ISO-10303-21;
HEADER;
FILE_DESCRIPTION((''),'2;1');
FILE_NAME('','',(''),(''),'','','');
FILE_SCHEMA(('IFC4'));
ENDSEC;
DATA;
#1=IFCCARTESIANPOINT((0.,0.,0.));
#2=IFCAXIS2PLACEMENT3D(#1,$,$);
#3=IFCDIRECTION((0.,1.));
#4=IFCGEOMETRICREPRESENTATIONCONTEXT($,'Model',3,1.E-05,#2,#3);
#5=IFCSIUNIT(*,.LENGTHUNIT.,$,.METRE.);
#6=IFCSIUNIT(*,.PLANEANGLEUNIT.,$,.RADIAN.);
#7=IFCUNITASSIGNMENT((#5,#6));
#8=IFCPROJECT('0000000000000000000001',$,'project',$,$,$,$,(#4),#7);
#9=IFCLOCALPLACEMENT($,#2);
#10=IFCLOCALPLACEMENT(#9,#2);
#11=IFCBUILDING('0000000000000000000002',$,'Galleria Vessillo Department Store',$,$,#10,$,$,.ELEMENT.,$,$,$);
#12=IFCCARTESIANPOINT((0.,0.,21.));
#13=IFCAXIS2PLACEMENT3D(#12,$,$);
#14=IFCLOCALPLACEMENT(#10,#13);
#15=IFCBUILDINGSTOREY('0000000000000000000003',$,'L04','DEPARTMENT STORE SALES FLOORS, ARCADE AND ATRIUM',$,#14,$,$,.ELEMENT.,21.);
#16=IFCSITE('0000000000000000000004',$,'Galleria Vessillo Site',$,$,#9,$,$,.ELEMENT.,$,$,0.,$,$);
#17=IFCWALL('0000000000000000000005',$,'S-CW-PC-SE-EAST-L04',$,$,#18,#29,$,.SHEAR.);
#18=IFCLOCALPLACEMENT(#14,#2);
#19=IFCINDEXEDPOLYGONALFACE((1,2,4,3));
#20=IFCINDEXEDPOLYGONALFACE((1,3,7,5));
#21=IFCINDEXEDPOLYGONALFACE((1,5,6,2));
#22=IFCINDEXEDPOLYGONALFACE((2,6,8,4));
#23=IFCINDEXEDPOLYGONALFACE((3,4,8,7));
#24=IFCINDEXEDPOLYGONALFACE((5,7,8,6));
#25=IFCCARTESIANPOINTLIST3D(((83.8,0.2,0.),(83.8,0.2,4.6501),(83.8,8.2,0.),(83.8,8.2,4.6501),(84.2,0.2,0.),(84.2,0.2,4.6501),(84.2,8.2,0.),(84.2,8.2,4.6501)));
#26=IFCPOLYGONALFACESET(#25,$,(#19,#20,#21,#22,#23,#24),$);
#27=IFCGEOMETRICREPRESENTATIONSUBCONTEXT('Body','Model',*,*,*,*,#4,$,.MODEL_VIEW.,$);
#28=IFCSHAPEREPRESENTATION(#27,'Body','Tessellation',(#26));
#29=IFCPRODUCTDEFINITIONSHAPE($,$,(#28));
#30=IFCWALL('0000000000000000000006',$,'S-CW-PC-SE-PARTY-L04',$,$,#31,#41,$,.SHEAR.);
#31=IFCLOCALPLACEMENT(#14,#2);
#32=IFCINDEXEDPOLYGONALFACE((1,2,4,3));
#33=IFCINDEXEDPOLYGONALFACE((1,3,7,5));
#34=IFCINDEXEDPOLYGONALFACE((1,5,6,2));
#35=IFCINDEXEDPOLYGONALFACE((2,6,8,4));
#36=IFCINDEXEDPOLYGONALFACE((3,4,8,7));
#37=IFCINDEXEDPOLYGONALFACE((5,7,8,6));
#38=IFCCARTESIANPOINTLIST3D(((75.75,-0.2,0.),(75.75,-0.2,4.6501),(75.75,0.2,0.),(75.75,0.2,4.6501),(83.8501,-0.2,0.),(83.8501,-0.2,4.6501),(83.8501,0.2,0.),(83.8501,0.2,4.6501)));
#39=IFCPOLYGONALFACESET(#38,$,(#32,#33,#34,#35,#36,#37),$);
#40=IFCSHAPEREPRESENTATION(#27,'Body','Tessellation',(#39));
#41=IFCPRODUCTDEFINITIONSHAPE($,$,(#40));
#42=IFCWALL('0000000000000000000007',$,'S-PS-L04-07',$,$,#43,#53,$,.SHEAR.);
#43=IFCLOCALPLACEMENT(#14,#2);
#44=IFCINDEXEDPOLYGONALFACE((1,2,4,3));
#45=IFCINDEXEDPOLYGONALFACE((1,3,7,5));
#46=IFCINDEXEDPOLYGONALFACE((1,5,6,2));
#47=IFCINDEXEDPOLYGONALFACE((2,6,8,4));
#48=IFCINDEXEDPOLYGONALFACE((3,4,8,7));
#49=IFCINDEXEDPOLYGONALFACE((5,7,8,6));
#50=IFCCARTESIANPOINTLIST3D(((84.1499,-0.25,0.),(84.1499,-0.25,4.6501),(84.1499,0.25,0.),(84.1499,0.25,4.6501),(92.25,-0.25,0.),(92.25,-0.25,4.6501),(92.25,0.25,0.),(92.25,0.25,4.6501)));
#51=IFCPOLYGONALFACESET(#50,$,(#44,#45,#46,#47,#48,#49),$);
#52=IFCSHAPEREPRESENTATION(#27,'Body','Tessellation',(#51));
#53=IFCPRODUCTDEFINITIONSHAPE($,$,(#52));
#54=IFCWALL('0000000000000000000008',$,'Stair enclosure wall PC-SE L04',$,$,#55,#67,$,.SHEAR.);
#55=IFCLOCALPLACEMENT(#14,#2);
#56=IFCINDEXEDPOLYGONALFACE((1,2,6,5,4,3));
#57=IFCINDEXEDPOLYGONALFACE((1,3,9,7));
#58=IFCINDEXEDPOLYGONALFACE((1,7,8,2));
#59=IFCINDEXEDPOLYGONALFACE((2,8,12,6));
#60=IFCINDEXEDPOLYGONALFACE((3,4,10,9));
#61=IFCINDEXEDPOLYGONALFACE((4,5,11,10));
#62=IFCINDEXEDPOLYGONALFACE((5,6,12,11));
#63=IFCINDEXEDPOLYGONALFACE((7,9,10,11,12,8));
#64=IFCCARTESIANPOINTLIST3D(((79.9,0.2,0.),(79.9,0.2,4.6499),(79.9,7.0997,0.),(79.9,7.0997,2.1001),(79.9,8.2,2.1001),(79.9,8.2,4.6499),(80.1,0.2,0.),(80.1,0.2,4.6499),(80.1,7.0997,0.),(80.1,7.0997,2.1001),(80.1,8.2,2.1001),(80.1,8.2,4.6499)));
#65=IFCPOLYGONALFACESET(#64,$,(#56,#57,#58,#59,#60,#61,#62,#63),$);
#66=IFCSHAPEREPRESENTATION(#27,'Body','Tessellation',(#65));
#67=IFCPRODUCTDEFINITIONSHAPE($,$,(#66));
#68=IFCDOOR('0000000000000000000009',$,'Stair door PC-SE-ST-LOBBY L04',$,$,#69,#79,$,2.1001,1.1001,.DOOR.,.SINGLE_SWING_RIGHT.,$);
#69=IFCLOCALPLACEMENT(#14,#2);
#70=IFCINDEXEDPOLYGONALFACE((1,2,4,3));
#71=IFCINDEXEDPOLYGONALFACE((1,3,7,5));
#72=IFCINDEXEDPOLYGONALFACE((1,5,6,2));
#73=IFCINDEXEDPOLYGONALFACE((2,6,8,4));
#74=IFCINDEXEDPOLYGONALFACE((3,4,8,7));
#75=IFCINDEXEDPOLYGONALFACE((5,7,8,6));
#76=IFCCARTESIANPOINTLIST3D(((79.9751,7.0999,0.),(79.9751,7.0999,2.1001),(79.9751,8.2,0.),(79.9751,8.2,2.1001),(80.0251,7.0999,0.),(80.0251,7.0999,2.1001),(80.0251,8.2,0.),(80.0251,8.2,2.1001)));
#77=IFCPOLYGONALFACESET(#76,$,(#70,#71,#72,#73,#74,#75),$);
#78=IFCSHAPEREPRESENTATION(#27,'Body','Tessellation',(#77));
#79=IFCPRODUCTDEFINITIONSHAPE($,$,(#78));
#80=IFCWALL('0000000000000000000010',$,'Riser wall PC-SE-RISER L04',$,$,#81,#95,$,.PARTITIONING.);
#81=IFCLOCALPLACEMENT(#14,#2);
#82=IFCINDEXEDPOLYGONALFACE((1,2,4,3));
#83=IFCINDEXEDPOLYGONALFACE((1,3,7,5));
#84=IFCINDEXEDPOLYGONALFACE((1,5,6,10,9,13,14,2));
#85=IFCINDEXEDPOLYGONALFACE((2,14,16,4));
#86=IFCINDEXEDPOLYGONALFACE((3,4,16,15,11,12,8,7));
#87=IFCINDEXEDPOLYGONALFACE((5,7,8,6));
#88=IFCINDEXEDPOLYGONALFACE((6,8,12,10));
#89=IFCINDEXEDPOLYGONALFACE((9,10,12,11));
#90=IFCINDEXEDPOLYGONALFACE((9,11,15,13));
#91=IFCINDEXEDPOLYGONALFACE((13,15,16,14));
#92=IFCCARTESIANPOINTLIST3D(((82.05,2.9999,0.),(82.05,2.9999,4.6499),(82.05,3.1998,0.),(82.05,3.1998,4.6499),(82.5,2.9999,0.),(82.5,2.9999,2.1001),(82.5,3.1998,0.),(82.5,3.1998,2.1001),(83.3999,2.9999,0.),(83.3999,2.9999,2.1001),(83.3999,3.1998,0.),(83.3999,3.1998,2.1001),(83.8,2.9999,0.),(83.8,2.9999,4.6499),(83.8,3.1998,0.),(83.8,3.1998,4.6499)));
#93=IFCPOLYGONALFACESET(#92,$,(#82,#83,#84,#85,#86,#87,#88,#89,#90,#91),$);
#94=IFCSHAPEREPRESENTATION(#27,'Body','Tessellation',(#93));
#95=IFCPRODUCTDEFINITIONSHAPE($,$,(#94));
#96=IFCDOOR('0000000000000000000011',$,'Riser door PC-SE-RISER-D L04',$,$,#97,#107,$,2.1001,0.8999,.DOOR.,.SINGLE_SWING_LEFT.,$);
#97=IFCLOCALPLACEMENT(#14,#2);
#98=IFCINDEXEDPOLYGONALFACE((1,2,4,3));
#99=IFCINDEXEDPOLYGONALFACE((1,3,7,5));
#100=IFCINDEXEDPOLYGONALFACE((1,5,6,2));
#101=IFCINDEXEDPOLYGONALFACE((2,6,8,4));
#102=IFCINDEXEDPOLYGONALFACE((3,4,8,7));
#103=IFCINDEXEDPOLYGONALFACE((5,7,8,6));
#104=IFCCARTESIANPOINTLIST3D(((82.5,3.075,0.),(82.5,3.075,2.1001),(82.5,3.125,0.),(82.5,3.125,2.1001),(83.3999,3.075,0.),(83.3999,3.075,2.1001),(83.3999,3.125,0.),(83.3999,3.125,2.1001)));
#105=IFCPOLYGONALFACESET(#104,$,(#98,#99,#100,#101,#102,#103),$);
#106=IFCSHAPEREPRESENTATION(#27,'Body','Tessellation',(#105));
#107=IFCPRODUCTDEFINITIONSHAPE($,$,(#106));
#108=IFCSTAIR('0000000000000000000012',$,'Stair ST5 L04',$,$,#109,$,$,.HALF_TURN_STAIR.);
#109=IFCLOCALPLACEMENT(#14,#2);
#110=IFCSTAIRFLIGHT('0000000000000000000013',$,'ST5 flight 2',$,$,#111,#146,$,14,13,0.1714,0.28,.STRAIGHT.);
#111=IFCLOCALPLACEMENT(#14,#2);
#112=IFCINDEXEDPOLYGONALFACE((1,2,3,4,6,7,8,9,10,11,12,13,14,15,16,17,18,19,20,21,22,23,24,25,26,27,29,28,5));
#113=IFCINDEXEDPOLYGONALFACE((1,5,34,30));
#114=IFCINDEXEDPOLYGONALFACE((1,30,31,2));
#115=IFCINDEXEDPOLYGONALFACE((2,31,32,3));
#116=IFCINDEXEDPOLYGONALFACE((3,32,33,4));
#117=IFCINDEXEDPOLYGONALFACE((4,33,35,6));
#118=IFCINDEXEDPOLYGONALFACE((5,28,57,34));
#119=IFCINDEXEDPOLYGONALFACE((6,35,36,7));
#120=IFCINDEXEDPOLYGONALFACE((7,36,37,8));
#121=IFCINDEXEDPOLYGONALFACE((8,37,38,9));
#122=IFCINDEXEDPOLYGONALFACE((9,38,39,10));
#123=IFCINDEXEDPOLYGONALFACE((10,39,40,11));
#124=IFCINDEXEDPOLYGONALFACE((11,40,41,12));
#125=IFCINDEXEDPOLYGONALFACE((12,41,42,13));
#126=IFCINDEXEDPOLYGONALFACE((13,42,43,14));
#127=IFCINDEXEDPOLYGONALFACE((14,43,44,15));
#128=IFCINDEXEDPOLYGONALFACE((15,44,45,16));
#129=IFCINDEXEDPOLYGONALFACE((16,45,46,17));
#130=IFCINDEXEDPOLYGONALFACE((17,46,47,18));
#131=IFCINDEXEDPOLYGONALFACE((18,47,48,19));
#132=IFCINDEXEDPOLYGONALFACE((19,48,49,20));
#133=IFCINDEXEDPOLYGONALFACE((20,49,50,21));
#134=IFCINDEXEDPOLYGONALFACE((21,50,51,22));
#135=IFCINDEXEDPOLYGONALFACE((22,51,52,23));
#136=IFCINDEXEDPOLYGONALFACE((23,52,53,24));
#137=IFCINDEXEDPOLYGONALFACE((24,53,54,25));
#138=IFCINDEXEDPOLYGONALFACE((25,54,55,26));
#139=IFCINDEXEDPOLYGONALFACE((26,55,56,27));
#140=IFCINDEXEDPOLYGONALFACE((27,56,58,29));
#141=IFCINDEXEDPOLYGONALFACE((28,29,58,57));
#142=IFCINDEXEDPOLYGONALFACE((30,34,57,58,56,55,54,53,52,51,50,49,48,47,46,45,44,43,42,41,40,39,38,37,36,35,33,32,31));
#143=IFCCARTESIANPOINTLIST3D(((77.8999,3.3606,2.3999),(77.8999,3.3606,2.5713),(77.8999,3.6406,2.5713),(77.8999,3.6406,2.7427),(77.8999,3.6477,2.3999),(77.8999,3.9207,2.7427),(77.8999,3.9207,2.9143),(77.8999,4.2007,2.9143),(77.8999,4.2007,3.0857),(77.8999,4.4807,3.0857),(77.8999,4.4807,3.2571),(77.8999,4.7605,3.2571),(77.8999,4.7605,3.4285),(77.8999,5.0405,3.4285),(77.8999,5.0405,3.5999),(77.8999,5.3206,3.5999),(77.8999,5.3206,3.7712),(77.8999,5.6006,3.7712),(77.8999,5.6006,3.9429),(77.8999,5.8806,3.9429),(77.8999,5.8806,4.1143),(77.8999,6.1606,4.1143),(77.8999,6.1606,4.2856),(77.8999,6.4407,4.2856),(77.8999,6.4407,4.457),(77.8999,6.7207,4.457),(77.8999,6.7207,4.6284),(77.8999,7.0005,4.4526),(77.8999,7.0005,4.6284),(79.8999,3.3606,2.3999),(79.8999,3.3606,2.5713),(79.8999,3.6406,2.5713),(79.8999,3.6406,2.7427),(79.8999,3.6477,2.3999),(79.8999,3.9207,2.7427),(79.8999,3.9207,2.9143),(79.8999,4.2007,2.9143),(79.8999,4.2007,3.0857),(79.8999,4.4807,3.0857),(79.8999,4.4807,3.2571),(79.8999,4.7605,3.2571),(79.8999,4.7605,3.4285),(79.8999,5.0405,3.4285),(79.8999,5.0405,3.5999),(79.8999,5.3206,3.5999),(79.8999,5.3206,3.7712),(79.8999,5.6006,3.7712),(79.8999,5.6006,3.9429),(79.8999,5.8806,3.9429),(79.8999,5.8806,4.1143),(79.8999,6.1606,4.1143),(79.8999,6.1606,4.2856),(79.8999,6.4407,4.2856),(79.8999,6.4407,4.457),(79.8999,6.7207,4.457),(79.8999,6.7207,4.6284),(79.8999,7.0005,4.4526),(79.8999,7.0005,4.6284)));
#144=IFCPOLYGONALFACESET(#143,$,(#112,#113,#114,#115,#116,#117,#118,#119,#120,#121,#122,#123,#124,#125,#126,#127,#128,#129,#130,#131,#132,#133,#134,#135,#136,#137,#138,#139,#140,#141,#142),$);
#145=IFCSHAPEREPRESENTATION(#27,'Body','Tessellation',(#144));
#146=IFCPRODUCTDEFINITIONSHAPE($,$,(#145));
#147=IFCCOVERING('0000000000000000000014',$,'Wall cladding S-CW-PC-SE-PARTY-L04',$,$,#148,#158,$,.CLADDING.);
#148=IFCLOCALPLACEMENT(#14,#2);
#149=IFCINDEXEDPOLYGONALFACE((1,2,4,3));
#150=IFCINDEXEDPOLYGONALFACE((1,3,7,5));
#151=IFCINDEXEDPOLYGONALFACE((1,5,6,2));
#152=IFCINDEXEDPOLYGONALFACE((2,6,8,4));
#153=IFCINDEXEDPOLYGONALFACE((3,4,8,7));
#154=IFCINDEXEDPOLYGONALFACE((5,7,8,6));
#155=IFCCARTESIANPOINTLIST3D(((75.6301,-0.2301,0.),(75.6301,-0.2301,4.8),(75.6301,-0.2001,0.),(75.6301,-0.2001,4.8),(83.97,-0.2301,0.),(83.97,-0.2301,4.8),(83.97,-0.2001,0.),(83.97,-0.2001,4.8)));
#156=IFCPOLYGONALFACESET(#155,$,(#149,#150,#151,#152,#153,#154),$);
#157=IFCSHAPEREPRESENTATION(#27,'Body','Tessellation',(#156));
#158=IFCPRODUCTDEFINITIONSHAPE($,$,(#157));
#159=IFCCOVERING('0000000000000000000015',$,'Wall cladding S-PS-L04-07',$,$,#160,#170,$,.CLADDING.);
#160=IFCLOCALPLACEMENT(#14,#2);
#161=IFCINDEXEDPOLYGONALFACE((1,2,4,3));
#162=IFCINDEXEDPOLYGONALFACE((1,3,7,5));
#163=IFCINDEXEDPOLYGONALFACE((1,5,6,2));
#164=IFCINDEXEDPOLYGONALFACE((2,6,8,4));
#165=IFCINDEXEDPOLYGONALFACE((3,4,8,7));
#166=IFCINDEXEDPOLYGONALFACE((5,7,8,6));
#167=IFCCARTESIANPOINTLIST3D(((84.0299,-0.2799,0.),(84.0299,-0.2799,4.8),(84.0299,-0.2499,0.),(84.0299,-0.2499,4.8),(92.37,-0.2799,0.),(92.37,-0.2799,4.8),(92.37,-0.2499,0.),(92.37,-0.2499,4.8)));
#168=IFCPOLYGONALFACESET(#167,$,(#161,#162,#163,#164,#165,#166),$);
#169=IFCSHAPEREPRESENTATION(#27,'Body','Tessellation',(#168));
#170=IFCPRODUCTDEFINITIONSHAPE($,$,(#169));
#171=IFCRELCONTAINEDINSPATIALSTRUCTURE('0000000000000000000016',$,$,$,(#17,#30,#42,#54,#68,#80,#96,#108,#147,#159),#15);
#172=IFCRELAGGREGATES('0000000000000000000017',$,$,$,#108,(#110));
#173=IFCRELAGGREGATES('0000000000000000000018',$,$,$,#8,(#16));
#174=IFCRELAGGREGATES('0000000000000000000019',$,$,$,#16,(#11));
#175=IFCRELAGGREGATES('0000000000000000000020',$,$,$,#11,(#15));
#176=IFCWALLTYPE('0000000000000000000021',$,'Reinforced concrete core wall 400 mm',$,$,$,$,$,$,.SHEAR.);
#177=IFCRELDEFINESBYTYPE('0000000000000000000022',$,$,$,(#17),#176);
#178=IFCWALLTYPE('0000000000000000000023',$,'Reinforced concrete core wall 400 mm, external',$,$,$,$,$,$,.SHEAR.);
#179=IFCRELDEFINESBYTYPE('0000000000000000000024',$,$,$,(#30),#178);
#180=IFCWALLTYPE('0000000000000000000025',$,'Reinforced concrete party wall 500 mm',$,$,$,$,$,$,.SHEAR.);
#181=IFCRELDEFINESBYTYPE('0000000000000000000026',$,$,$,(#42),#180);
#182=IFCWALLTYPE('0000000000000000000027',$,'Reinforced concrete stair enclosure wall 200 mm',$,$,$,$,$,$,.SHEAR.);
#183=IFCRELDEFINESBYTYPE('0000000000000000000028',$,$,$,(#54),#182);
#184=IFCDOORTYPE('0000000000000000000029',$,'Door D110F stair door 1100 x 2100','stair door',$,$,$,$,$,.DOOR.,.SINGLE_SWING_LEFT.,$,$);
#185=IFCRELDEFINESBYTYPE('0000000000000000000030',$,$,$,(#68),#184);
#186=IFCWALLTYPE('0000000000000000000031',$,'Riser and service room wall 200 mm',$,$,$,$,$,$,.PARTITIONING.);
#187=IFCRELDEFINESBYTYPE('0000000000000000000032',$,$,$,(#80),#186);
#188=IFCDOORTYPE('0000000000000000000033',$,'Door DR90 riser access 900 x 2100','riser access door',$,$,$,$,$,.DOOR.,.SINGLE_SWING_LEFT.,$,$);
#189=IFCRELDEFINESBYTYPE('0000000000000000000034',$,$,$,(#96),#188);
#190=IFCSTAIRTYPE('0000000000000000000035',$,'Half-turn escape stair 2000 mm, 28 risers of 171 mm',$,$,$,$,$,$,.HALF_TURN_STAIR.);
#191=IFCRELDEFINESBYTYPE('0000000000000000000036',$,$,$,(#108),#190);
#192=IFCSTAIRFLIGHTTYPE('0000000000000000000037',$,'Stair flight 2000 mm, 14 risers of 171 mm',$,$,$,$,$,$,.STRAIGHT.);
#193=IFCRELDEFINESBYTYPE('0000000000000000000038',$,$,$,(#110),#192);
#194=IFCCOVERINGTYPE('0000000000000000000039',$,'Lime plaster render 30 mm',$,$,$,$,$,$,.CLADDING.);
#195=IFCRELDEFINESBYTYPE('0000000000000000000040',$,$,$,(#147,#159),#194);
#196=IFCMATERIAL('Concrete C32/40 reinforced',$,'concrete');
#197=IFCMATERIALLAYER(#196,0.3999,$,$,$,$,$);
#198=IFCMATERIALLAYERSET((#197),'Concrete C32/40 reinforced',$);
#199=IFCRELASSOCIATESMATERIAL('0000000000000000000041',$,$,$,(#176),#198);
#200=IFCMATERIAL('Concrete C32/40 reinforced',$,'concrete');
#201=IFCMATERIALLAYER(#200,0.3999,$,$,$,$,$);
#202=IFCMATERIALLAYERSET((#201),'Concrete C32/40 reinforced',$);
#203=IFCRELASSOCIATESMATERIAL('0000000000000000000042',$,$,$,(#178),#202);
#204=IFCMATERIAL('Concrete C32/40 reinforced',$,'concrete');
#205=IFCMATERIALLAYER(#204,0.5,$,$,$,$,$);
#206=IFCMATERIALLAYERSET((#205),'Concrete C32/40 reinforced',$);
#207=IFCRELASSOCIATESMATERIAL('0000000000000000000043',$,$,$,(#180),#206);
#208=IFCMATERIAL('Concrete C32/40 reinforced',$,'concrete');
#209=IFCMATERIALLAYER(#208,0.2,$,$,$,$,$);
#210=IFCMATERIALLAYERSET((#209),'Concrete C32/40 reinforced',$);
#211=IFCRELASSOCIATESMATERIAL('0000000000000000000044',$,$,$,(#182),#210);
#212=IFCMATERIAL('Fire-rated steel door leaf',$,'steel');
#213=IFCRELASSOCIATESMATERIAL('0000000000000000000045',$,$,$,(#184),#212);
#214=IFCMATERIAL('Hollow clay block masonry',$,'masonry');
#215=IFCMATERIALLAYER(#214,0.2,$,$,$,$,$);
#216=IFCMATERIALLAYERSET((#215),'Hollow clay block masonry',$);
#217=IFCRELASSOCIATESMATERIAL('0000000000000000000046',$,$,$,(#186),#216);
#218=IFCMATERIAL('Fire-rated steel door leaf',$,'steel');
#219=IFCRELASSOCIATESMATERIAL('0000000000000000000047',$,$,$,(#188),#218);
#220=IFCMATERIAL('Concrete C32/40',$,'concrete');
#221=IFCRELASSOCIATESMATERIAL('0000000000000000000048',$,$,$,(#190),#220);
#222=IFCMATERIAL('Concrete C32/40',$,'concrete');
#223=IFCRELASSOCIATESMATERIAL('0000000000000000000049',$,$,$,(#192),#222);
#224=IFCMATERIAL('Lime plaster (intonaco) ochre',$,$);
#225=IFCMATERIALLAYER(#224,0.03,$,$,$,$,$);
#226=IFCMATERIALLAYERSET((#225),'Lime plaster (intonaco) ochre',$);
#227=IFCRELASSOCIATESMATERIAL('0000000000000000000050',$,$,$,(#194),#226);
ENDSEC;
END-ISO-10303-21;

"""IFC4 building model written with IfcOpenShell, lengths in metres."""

from ifc_helpers import new_model, si_unit, direction, frame, frame_2d, origin, origin_2d, place, context, subcontext, project, spatial, polyline, rectangle, outline, extrude, material, layer, layer_set, type_object, element, fill, aggregate, save


model = new_model("IFC4")

# Units and contexts
model_context = context("Model", 3, precision=1e-05, world=origin(), true_north=direction((0.0, 1.0)))
body_context = subcontext(model_context, "Body", "Model", "MODEL_VIEW")
ifc_project = project(units=[si_unit("LENGTHUNIT", "METRE"), si_unit("PLANEANGLEUNIT", "RADIAN")], contexts=[model_context])

# Site, building, storey
site_placement = place(None, origin())
site = spatial("IfcSite", under=ifc_project, at=site_placement, Name="Galleria Vessillo Site", CompositionType="ELEMENT", RefElevation=0.0)
building_placement = place(site_placement, origin())
building = spatial("IfcBuilding", under=site, at=building_placement, Name="Galleria Vessillo Department Store", CompositionType="ELEMENT")
storey_placement = place(building_placement, frame((0.0, 0.0, 21.0)))
storey = spatial("IfcBuildingStorey", under=building, at=storey_placement, Name="L04", Description="DEPARTMENT STORE SALES FLOORS, ARCADE AND ATRIUM", CompositionType="ELEMENT", Elevation=21.0)

# Walls
ifc_material_1 = material(Name="Concrete C32/40 reinforced", Category="concrete")
ifc_layer_1 = layer(ifc_material_1, 0.3999)
ifc_layer_set_1 = layer_set([ifc_layer_1], Name="Concrete C32/40 reinforced")
wall_type_1 = type_object("IfcWallType", Name="Reinforced concrete core wall 400 mm", PredefinedType="SHEAR", material=ifc_layer_set_1)
wall_1_placement = place(storey_placement, frame((84.0, 0.2, 0.0), z_axis=(0.0, 0.0, 1.0), x_axis=(0.0, 1.0, 0.0)))
element("IfcWall", 1, at=wall_1_placement, inside=storey, type_object=wall_type_1, Name="S-CW-PC-SE-EAST-L04", PredefinedType="SHEAR", context=body_context, shape_type="SweptSolid", body=[
    extrude(rectangle(XDim=8.0, YDim=0.3999, at=frame_2d((4.0, 0.0))), origin(), (0.0, 0.0, 1.0), 4.6501),
])
ifc_material_2 = material(Name="Concrete C32/40 reinforced", Category="concrete")
ifc_layer_2 = layer(ifc_material_2, 0.3999)
ifc_layer_set_2 = layer_set([ifc_layer_2], Name="Concrete C32/40 reinforced")
wall_type_2 = type_object("IfcWallType", Name="Reinforced concrete core wall 400 mm, external", PredefinedType="SHEAR", material=ifc_layer_set_2)
wall_2_placement = place(storey_placement, frame((75.75, 0.0, 0.0), z_axis=(0.0, 0.0, 1.0), x_axis=(1.0, 0.0, 0.0)))
element("IfcWall", 2, at=wall_2_placement, inside=storey, type_object=wall_type_2, Name="S-CW-PC-SE-PARTY-L04", PredefinedType="SHEAR", context=body_context, shape_type="SweptSolid", body=[
    extrude(rectangle(XDim=8.1001, YDim=0.3999, at=frame_2d((4.05, 0.0))), origin(), (0.0, 0.0, 1.0), 4.6501),
])
ifc_material_3 = material(Name="Concrete C32/40 reinforced", Category="concrete")
ifc_layer_3 = layer(ifc_material_3, 0.5)
ifc_layer_set_3 = layer_set([ifc_layer_3], Name="Concrete C32/40 reinforced")
wall_type_3 = type_object("IfcWallType", Name="Reinforced concrete party wall 500 mm", PredefinedType="SHEAR", material=ifc_layer_set_3)
wall_3_placement = place(storey_placement, frame((84.1499, 0.0, 0.0), z_axis=(0.0, 0.0, 1.0), x_axis=(1.0, 0.0, 0.0)))
element("IfcWall", 3, at=wall_3_placement, inside=storey, type_object=wall_type_3, Name="S-PS-L04-07", PredefinedType="SHEAR", context=body_context, shape_type="SweptSolid", body=[
    extrude(rectangle(XDim=8.1001, YDim=0.5, at=frame_2d((4.05, 0.0))), origin(), (0.0, 0.0, 1.0), 4.6501),
])

# Walls, openings, doors
ifc_material_4 = material(Name="Concrete C32/40 reinforced", Category="concrete")
ifc_layer_4 = layer(ifc_material_4, 0.2)
ifc_layer_set_4 = layer_set([ifc_layer_4], Name="Concrete C32/40 reinforced")
wall_type_4 = type_object("IfcWallType", Name="Reinforced concrete stair enclosure wall 200 mm", PredefinedType="SHEAR", material=ifc_layer_set_4)
wall_4_placement = place(storey_placement, frame((80.0, 0.2, 0.0), z_axis=(0.0, 0.0, 1.0), x_axis=(0.0, 1.0, 0.0)))
wall_4 = element("IfcWall", 4, at=wall_4_placement, inside=storey, type_object=wall_type_4, Name="Stair enclosure wall PC-SE L04", PredefinedType="SHEAR", context=body_context, shape_type="SweptSolid", body=[
    extrude(rectangle(XDim=8.0, YDim=0.2, at=frame_2d((4.0, 0.0))), origin(), (0.0, 0.0, 1.0), 4.6499),
])
opening_1_placement = place(wall_4_placement, frame((6.8999, 0.0, 0.0)))
opening_1 = element("IfcOpeningElement", 5, at=opening_1_placement, cuts=wall_4, PredefinedType="OPENING", context=body_context, shape_type="SweptSolid", body=[
    extrude(rectangle(XDim=1.1101, YDim=2.1001, at=frame_2d((0.5549, 1.05))), frame((0.0, 0.1099, 0.0), z_axis=(0.0, -1.0, 0.0), x_axis=(1.0, 0.0, 0.0)), (0.0, 0.0, 1.0), 0.22),
])
ifc_material_5 = material(Name="Fire-rated steel door leaf", Category="steel")
door_type_1 = type_object("IfcDoorType", Name="Door D110F stair door 1100 x 2100", Description="stair door", OperationType="SINGLE_SWING_LEFT", PredefinedType="DOOR", material=ifc_material_5)
door_1_placement = place(opening_1_placement, origin())
door_1 = element("IfcDoor", 6, at=door_1_placement, inside=storey, type_object=door_type_1, Name="Stair door PC-SE-ST-LOBBY L04", OperationType="SINGLE_SWING_RIGHT", OverallHeight=2.1001, OverallWidth=1.1001, PredefinedType="DOOR", context=body_context, shape_type="SweptSolid", body=[
    extrude(rectangle(XDim=1.1001, YDim=2.1001, at=frame_2d((0.55, 1.05))), frame((0.0, 0.0249, 0.0), z_axis=(0.0, -1.0, 0.0), x_axis=(1.0, 0.0, 0.0)), (0.0, 0.0, 1.0), 0.05),
])
fill(opening_1, door_1)
ifc_material_6 = material(Name="Hollow clay block masonry", Category="masonry")
ifc_layer_5 = layer(ifc_material_6, 0.2)
ifc_layer_set_5 = layer_set([ifc_layer_5], Name="Hollow clay block masonry")
wall_type_5 = type_object("IfcWallType", Name="Riser and service room wall 200 mm", PredefinedType="PARTITIONING", material=ifc_layer_set_5)
wall_5_placement = place(storey_placement, frame((82.05, 3.0999, 0.0), z_axis=(0.0, 0.0, 1.0), x_axis=(1.0, 0.0, 0.0)))
wall_5 = element("IfcWall", 7, at=wall_5_placement, inside=storey, type_object=wall_type_5, Name="Riser wall PC-SE-RISER L04", PredefinedType="PARTITIONING", context=body_context, shape_type="SweptSolid", body=[
    extrude(rectangle(XDim=1.75, YDim=0.2, at=frame_2d((0.875, 0.0))), origin(), (0.0, 0.0, 1.0), 4.6499),
])
opening_2_placement = place(wall_5_placement, frame((0.45, 0.0, 0.0)))
opening_2 = element("IfcOpeningElement", 8, at=opening_2_placement, cuts=wall_5, PredefinedType="OPENING", context=body_context, shape_type="SweptSolid", body=[
    extrude(rectangle(XDim=0.8999, YDim=2.1001, at=frame_2d((0.45, 1.05))), frame((0.0, 0.1099, 0.0), z_axis=(0.0, -1.0, 0.0), x_axis=(1.0, 0.0, 0.0)), (0.0, 0.0, 1.0), 0.22),
])
ifc_material_7 = material(Name="Fire-rated steel door leaf", Category="steel")
door_type_2 = type_object("IfcDoorType", Name="Door DR90 riser access 900 x 2100", Description="riser access door", OperationType="SINGLE_SWING_LEFT", PredefinedType="DOOR", material=ifc_material_7)
door_2_placement = place(opening_2_placement, frame((0.8999, 0.0, 0.0), z_axis=(0.0, 0.0, 1.0), x_axis=(-1.0, 0.0, 0.0)))
door_2 = element("IfcDoor", 9, at=door_2_placement, inside=storey, type_object=door_type_2, Name="Riser door PC-SE-RISER-D L04", OperationType="SINGLE_SWING_LEFT", OverallHeight=2.1001, OverallWidth=0.8999, PredefinedType="DOOR", context=body_context, shape_type="SweptSolid", body=[
    extrude(rectangle(XDim=0.8999, YDim=2.1001, at=frame_2d((0.45, 1.05))), frame((0.0, 0.0249, 0.0), z_axis=(0.0, -1.0, 0.0), x_axis=(1.0, 0.0, 0.0)), (0.0, 0.0, 1.0), 0.05),
])
fill(opening_2, door_2)

# Stair, stair flight
ifc_material_8 = material(Name="Concrete C32/40", Category="concrete")
stair_type = type_object("IfcStairType", Name="Half-turn escape stair 2000 mm, 28 risers of 171 mm", PredefinedType="HALF_TURN_STAIR", material=ifc_material_8)
stair_placement = place(storey_placement, origin())
stair = element("IfcStair", 10, at=stair_placement, inside=storey, type_object=stair_type, Name="Stair ST5 L04", PredefinedType="HALF_TURN_STAIR")
ifc_material_9 = material(Name="Concrete C32/40", Category="concrete")
stair_flight_type = type_object("IfcStairFlightType", Name="Stair flight 2000 mm, 14 risers of 171 mm", PredefinedType="STRAIGHT", material=ifc_material_9)
stair_flight_placement = place(storey_placement, frame((78.8999, 3.3606, 2.3999), z_axis=(0.0, 0.0, 1.0), x_axis=(0.0, 1.0, 0.0)))
stair_flight = element("IfcStairFlight", 11, at=stair_flight_placement, type_object=stair_flight_type, Name="ST5 flight 2", NumberOfRisers=14, NumberOfTreads=13, PredefinedType="STRAIGHT", RiserHeight=0.1714, TreadLength=0.28, context=body_context, shape_type="SweptSolid", body=[
    extrude(outline(polyline([(0.0, 0.0), (0.0, 0.1714), (0.28, 0.1714), (0.28, 0.3428), (0.5601, 0.3428), (0.5601, 0.5144), (0.8401, 0.5144), (0.8401, 0.6858), (1.1201, 0.6858), (1.1201, 0.8572), (1.3999, 0.8572), (1.3999, 1.0286), (1.6799, 1.0286), (1.6799, 1.2), (1.96, 1.2), (1.96, 1.3713), (2.24, 1.3713), (2.24, 1.543), (2.52, 1.543), (2.52, 1.7144), (2.8, 1.7144), (2.8, 1.8857), (3.0801, 1.8857), (3.0801, 2.0571), (3.3601, 2.0571), (3.3601, 2.2285), (3.6399, 2.2285), (3.6399, 2.3999), (3.6399, 2.0527), (0.2871, 0.0), (0.0, 0.0)])), frame((0.0, 1.0, 0.0), z_axis=(0.0, -1.0, 0.0), x_axis=(1.0, 0.0, 0.0)), (0.0, 0.0, 1.0), 2.0),
])
aggregate(stair, [stair_flight])

# Coverings
ifc_material_10 = material(Name="Lime plaster (intonaco) ochre")
ifc_layer_6 = layer(ifc_material_10, 0.03)
ifc_layer_set_6 = layer_set([ifc_layer_6], Name="Lime plaster (intonaco) ochre")
covering_type = type_object("IfcCoveringType", Name="Lime plaster render 30 mm", PredefinedType="CLADDING", material=ifc_layer_set_6)
covering_1_placement = place(storey_placement, frame((79.8, -0.2151, 0.0), z_axis=(0.0, 0.0, 1.0), x_axis=(1.0, 0.0, 0.0)))
element("IfcCovering", 12, at=covering_1_placement, inside=storey, type_object=covering_type, Name="Wall cladding S-CW-PC-SE-PARTY-L04", PredefinedType="CLADDING", context=body_context, shape_type="SweptSolid", body=[
    extrude(rectangle(XDim=8.3398, YDim=0.03, at=origin_2d()), origin(), (0.0, 0.0, 1.0), 4.8),
])
covering_2_placement = place(storey_placement, frame((88.2, -0.2649, 0.0), z_axis=(0.0, 0.0, 1.0), x_axis=(1.0, 0.0, 0.0)))
element("IfcCovering", 13, at=covering_2_placement, inside=storey, type_object=covering_type, Name="Wall cladding S-PS-L04-07", PredefinedType="CLADDING", context=body_context, shape_type="SweptSolid", body=[
    extrude(rectangle(XDim=8.3401, YDim=0.03, at=origin_2d()), origin(), (0.0, 0.0, 1.0), 4.8),
])

save(model, "model.ifc")
